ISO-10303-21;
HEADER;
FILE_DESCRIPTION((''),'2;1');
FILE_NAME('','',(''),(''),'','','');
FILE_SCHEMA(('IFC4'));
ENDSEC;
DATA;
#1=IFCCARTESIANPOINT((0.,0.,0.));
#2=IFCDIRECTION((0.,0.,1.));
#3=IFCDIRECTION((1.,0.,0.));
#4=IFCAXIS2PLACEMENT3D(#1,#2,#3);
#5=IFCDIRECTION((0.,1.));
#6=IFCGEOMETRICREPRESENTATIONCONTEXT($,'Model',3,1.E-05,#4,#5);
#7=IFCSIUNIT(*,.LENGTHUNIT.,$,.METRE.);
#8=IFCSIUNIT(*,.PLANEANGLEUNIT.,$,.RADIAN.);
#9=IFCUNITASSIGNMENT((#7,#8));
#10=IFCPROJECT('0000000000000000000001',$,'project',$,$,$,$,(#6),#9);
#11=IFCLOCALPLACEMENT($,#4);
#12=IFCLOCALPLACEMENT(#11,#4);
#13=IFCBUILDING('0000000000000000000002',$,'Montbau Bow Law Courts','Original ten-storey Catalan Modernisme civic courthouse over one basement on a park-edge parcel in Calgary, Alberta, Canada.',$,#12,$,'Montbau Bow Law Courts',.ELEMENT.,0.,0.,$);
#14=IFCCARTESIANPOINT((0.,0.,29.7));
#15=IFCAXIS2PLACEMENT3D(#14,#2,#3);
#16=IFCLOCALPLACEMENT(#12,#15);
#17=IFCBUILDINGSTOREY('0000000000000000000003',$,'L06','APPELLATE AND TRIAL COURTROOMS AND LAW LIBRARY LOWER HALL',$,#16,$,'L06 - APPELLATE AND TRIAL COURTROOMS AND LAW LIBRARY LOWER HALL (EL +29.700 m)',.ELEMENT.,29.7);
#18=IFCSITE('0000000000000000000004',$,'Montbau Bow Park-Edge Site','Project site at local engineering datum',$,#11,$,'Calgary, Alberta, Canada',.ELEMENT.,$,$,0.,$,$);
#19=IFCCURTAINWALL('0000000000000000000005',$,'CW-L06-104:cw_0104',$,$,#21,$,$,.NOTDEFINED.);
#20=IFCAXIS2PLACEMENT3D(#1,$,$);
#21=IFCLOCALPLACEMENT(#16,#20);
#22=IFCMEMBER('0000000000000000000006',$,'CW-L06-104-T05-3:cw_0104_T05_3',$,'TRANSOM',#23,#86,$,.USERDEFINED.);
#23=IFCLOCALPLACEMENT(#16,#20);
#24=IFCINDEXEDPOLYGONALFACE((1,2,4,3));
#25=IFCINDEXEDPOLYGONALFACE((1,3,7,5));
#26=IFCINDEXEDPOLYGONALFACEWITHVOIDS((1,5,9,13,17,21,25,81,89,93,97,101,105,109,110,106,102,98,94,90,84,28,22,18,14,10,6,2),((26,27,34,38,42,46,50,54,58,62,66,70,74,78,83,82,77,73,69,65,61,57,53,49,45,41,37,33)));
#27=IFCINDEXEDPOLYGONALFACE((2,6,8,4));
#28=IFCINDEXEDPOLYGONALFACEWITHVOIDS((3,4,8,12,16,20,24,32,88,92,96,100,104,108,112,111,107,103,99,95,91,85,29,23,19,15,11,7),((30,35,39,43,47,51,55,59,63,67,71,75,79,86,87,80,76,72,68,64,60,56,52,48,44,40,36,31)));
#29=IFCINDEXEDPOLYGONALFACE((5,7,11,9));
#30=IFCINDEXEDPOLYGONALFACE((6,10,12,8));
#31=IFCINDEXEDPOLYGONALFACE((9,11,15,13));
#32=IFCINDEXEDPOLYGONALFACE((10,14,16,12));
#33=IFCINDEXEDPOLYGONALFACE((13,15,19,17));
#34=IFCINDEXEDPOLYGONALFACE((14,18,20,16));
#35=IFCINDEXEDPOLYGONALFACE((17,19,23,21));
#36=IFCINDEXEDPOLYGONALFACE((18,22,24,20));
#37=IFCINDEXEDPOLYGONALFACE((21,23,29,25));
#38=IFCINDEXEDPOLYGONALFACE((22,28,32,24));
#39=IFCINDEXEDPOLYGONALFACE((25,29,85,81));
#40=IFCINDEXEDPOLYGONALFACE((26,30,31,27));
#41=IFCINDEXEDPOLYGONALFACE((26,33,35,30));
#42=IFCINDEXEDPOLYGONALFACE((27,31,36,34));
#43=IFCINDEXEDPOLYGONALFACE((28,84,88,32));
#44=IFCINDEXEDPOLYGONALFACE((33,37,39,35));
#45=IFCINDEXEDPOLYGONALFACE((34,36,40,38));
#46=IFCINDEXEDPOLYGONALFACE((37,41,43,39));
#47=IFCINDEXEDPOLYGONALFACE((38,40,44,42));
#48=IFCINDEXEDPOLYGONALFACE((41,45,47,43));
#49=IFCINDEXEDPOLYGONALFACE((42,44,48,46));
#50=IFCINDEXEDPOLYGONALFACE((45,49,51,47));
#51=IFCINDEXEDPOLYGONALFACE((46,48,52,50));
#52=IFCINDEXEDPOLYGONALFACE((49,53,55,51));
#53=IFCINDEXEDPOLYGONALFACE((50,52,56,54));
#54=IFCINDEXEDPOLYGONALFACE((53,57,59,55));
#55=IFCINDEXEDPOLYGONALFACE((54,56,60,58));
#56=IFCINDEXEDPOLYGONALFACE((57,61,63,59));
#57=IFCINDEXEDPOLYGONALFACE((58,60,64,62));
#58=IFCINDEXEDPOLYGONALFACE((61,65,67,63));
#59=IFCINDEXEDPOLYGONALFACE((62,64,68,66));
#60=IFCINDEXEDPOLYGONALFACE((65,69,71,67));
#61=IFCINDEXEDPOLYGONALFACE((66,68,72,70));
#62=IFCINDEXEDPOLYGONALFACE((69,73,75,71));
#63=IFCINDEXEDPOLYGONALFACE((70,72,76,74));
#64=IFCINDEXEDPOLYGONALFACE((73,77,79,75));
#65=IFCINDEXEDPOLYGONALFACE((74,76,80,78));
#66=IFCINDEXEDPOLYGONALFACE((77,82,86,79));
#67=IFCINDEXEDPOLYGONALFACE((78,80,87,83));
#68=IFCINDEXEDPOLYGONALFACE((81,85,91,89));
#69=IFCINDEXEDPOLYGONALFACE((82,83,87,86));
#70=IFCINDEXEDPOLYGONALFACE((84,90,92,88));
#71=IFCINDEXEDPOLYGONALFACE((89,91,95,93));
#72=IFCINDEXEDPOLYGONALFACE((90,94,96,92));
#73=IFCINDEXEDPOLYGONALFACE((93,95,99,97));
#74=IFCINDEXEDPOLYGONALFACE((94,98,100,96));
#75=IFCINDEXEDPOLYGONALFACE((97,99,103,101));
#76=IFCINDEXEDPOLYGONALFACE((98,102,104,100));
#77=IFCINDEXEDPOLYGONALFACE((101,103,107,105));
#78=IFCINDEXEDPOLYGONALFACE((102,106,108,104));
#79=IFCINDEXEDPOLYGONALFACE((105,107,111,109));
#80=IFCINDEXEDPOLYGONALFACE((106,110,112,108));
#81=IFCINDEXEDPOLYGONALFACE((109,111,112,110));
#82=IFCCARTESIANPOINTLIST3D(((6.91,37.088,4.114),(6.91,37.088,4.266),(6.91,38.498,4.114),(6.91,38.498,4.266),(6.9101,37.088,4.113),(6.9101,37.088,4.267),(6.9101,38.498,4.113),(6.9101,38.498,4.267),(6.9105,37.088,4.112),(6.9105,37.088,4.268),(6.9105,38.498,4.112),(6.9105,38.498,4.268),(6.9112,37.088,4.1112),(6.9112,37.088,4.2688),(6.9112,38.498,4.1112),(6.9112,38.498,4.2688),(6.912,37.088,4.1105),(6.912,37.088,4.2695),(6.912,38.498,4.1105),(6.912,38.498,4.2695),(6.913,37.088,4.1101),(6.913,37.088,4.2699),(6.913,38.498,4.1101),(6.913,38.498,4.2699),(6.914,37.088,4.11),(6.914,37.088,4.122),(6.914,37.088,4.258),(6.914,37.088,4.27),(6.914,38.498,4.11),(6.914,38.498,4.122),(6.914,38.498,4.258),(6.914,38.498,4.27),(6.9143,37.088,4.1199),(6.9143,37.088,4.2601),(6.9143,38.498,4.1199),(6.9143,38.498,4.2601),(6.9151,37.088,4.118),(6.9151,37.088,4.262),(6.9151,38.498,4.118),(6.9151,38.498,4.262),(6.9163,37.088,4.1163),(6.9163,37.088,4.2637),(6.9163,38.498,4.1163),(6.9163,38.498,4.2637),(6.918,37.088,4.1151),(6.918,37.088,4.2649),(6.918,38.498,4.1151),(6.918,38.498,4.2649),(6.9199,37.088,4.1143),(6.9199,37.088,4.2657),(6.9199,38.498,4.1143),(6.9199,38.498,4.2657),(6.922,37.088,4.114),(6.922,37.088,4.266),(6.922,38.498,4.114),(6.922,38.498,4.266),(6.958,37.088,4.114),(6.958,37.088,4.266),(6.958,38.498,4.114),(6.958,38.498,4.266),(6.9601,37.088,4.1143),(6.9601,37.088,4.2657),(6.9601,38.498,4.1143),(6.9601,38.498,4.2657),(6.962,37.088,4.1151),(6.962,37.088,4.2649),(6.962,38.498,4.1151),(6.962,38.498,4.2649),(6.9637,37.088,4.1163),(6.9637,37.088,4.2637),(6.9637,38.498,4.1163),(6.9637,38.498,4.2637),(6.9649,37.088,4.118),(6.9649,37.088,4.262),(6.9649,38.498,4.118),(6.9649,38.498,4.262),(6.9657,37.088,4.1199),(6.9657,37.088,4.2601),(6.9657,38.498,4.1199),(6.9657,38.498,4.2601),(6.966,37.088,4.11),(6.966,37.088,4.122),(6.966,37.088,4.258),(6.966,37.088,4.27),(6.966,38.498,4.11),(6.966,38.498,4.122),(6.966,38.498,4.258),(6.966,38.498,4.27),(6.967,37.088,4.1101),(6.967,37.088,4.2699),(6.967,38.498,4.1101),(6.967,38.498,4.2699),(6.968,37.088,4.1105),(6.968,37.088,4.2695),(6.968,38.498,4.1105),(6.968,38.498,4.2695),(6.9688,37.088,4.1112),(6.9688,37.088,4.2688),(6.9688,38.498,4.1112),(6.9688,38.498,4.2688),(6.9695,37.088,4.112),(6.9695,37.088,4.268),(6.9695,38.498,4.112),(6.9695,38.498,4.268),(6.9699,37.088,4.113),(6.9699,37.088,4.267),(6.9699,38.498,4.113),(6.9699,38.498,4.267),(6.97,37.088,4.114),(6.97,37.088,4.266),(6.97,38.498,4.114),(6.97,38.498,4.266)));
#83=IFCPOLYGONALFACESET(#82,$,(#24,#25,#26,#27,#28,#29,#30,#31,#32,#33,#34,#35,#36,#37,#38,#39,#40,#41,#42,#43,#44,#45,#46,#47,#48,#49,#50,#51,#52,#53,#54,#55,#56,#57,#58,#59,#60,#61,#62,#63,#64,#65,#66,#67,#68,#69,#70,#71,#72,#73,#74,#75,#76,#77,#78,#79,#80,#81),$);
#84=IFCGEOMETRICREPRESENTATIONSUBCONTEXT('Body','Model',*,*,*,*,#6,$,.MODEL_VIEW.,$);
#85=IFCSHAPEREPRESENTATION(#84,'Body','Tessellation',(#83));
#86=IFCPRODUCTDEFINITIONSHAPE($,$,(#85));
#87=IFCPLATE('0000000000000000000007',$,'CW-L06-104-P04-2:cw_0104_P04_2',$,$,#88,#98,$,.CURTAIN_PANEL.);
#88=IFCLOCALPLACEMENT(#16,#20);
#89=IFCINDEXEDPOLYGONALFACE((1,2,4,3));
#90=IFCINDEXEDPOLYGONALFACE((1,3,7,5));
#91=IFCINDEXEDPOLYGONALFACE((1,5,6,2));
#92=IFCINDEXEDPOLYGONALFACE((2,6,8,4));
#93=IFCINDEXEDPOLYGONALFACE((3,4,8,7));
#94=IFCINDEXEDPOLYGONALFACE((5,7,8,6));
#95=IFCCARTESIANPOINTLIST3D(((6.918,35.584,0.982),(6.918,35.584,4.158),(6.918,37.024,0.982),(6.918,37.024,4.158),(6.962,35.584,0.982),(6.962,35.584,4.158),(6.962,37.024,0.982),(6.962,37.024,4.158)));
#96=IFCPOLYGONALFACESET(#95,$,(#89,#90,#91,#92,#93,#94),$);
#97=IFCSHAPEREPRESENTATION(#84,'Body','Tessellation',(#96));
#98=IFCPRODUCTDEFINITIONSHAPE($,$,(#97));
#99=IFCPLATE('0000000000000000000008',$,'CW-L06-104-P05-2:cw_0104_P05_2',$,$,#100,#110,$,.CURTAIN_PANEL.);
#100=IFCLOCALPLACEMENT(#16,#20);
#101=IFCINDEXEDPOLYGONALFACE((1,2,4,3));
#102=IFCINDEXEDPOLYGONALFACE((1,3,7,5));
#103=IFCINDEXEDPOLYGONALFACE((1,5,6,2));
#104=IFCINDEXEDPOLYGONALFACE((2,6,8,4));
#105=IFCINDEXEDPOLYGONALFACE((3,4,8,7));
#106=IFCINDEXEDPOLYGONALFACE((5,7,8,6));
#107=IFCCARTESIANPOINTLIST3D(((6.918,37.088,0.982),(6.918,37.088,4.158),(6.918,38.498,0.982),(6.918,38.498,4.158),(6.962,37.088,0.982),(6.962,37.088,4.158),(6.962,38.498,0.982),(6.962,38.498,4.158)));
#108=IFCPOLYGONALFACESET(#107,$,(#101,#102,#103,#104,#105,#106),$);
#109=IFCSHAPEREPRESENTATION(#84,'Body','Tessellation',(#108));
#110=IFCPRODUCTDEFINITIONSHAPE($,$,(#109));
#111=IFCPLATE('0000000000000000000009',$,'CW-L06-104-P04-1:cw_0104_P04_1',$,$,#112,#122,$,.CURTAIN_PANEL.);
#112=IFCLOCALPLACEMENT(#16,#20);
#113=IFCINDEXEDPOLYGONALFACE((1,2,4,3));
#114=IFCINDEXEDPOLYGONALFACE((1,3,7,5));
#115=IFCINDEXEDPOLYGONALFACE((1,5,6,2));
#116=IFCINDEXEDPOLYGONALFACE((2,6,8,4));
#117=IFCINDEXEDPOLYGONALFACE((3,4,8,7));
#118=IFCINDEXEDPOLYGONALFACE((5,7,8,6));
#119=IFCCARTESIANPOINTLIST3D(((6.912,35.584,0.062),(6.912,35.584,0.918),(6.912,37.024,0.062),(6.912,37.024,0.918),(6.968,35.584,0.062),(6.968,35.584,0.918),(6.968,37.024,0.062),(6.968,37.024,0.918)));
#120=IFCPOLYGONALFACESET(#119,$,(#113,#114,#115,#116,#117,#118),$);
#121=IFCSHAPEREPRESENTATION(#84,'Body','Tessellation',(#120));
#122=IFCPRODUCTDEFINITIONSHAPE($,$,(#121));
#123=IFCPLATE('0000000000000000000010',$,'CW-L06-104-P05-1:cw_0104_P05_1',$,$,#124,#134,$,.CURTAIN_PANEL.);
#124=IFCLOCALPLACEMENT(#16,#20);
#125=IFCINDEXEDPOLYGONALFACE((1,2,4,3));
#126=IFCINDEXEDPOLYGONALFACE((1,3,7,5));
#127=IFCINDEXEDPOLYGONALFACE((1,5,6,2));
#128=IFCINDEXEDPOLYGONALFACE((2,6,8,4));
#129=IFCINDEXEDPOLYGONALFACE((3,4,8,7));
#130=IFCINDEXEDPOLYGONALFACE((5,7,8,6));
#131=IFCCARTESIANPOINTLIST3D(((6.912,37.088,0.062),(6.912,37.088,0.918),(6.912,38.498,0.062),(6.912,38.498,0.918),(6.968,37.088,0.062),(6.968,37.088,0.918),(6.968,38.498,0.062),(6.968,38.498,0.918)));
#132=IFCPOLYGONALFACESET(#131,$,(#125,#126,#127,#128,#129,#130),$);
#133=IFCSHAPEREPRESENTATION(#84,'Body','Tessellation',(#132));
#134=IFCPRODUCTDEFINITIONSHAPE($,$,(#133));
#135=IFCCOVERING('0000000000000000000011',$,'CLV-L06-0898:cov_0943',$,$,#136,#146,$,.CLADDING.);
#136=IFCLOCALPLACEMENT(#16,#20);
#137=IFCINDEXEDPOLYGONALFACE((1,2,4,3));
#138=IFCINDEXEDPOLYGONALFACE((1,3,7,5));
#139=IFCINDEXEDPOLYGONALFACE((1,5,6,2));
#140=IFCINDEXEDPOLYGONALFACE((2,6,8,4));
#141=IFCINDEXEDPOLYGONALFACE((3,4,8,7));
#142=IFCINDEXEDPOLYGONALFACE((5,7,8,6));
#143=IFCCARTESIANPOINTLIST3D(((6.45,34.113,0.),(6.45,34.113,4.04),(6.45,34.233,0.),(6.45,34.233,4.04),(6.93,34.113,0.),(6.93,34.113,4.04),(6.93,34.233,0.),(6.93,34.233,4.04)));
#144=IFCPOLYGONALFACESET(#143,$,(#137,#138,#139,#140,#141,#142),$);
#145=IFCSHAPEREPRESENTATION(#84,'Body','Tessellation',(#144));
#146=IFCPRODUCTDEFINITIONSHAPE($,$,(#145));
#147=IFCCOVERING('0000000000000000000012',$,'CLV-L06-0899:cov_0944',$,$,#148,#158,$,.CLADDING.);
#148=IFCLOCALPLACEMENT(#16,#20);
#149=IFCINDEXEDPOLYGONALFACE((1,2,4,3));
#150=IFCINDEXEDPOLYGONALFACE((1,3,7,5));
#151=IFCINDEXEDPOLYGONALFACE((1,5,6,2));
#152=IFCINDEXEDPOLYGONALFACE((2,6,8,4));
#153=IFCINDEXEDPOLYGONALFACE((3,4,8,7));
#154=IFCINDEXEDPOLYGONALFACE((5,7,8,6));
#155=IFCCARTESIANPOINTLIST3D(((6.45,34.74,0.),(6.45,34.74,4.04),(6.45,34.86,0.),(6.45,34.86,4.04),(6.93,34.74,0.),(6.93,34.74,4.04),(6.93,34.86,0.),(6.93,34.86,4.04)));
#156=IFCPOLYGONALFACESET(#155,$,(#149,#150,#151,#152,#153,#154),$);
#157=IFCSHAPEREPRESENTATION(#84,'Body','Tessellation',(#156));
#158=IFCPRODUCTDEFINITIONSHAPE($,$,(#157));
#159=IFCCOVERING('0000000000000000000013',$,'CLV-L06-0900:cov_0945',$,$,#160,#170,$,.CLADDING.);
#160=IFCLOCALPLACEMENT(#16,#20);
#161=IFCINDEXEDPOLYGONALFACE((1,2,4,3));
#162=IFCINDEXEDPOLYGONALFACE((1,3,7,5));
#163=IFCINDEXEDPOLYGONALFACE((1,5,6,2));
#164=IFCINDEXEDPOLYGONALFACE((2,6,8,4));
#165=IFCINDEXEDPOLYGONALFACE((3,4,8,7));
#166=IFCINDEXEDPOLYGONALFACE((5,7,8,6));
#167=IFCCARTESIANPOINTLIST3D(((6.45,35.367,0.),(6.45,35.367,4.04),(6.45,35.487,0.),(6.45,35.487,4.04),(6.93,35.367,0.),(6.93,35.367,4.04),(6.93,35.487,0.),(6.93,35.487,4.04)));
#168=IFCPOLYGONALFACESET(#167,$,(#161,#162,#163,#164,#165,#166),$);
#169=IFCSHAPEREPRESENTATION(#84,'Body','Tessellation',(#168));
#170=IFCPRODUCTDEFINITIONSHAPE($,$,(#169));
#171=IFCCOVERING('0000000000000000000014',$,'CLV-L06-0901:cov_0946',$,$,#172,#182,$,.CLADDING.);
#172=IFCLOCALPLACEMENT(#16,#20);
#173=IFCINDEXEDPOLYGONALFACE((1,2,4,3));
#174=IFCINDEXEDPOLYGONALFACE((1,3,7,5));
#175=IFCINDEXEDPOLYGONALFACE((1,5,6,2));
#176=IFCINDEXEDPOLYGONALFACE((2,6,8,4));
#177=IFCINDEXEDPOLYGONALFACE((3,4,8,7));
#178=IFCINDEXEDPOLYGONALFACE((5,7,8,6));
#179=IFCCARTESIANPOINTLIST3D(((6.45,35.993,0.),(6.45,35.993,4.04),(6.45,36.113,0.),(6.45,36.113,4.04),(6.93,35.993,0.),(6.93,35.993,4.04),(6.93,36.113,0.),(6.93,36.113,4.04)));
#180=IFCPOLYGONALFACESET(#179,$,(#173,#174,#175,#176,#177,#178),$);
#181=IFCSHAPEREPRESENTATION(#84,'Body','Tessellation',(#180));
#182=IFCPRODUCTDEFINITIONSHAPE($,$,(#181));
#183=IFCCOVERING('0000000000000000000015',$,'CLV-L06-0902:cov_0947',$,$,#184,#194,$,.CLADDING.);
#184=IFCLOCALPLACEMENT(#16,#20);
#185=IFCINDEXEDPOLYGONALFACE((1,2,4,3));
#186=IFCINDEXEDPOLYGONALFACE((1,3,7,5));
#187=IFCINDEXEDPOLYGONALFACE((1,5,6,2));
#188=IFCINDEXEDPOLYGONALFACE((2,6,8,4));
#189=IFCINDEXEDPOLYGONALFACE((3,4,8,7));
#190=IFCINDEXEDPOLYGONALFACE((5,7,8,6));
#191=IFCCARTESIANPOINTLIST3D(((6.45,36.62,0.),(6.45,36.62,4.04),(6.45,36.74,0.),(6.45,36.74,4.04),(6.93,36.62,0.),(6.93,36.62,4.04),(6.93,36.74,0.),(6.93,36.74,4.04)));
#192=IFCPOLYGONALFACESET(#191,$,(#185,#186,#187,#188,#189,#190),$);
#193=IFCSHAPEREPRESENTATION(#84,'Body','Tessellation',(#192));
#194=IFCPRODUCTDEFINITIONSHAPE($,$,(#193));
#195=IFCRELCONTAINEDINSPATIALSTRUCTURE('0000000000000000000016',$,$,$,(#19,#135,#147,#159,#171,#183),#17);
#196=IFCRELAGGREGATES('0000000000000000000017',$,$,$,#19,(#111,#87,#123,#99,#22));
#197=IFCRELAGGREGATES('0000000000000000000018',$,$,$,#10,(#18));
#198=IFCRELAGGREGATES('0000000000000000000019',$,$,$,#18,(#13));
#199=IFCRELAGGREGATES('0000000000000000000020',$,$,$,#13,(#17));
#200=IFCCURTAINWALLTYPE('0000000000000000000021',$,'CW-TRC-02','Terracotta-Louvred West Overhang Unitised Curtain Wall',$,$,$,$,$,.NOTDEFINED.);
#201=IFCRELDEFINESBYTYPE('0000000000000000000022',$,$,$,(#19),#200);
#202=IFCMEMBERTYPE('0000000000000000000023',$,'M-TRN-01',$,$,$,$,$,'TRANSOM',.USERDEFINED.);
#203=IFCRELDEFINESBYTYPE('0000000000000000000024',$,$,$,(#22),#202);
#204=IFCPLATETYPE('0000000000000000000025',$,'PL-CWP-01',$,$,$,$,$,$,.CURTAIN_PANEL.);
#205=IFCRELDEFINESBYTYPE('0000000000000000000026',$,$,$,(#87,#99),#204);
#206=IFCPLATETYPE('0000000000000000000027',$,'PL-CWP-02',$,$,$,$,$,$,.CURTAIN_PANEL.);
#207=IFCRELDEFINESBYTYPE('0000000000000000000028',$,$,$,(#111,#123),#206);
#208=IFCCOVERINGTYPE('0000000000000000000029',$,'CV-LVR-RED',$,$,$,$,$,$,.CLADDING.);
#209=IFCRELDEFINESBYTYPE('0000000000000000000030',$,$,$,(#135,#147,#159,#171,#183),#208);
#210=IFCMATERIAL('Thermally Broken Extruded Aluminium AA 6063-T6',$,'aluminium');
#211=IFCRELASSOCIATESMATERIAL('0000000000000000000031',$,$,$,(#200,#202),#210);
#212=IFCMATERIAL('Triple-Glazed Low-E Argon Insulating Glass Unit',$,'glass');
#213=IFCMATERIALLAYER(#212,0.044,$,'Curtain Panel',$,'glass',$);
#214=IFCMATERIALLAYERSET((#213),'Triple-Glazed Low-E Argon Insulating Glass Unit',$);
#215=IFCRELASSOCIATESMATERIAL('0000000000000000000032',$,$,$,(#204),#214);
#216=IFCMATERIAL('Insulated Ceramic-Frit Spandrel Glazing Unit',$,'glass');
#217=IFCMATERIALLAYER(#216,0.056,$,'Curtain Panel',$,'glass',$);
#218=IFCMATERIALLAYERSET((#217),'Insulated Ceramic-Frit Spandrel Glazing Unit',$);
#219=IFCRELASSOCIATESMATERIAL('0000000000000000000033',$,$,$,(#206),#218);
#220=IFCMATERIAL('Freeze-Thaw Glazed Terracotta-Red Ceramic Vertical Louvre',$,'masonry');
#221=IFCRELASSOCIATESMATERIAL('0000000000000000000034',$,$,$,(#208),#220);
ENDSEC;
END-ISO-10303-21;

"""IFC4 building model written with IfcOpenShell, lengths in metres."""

from ifc_helpers import new_model, si_unit, direction, frame, frame_2d, origin_with_axes, origin_2d_with_axis, place, context, subcontext, project, spatial, rectangle, hollow_rectangle, extrude, material, layer, layer_set, material_profile, profile_set, type_object, element, aggregate, save


model = new_model("IFC4")

# Units and contexts
model_context = context("Model", 3, precision=1e-05, world=origin_with_axes(), true_north=direction((0.0, 1.0)))
body_context = subcontext(model_context, "Body", "Model", "MODEL_VIEW")
ifc_project = project(units=[si_unit("LENGTHUNIT", "METRE"), si_unit("PLANEANGLEUNIT", "RADIAN")], contexts=[model_context])

# Site, building, storey
site_placement = place(None, origin_with_axes())
site = spatial("IfcSite", under=ifc_project, at=site_placement, Name="Montbau Bow Park-Edge Site", Description="Project site at local engineering datum", LongName="Calgary, Alberta, Canada", CompositionType="ELEMENT", RefElevation=0.0)
building_placement = place(site_placement, origin_with_axes())
building = spatial("IfcBuilding", under=site, at=building_placement, Name="Montbau Bow Law Courts", Description="Original ten-storey Catalan Modernisme civic courthouse over one basement on a park-edge parcel in Calgary, Alberta, Canada.", LongName="Montbau Bow Law Courts", CompositionType="ELEMENT", ElevationOfRefHeight=0.0, ElevationOfTerrain=0.0)
storey_placement = place(building_placement, frame((0.0, 0.0, 29.7), z_axis=(0.0, 0.0, 1.0), x_axis=(1.0, 0.0, 0.0)))
storey = spatial("IfcBuildingStorey", under=building, at=storey_placement, Name="L06", Description="APPELLATE AND TRIAL COURTROOMS AND LAW LIBRARY LOWER HALL", LongName="L06 - APPELLATE AND TRIAL COURTROOMS AND LAW LIBRARY LOWER HALL (EL +29.700 m)", CompositionType="ELEMENT", Elevation=29.7)

# Curtain wall, member, plates
ifc_material_1 = material(Name="Thermally Broken Extruded Aluminium AA 6063-T6", Category="aluminium")
curtain_wall_type = type_object("IfcCurtainWallType", Name="CW-TRC-02", Description="Terracotta-Louvred West Overhang Unitised Curtain Wall", PredefinedType="NOTDEFINED", material=ifc_material_1)
curtain_wall_placement = place(None, frame((6.94, 31.04, 29.7), z_axis=(0.0, 0.0, 1.0), x_axis=(1.0, 0.0, 0.0)))
curtain_wall = element("IfcCurtainWall", 1, at=curtain_wall_placement, inside=storey, type_object=curtain_wall_type, Name="CW-L06-104:cw_0104", PredefinedType="NOTDEFINED")
ifc_material_profile_1 = material_profile(ifc_material_1, hollow_rectangle(XDim=0.06, YDim=0.16, WallThickness=0.004, InnerFilletRadius=0.008, OuterFilletRadius=0.004, at=origin_2d_with_axis()), Name="CWT-160X60", Category="Main", Priority=0)
ifc_profile_set_1 = profile_set([ifc_material_profile_1], Name="Thermally Broken Extruded Aluminium AA 6063-T6")
member_type_1 = type_object("IfcMemberType", Name="M-TRN-01", ElementType="TRANSOM", PredefinedType="USERDEFINED", material=ifc_profile_set_1)
member_1_placement = place(None, frame((6.94, 37.088, 33.89), z_axis=(0.0, 1.0, 0.0), x_axis=(-1.0, 0.0, 0.0)))
member_1 = element("IfcMember", 2, at=member_1_placement, type_object=member_type_1, Name="CW-L06-104-T05-3:cw_0104_T05_3", ObjectType="TRANSOM", PredefinedType="USERDEFINED", context=body_context, shape_type="SweptSolid", body=[
    extrude(hollow_rectangle(XDim=0.06, YDim=0.16, WallThickness=0.004, InnerFilletRadius=0.008, OuterFilletRadius=0.004, at=origin_2d_with_axis()), origin_with_axes(), (0.0, 0.0, 1.0), 1.41),
])
ifc_material_2 = material(Name="Triple-Glazed Low-E Argon Insulating Glass Unit", Category="glass")
ifc_layer_1 = layer(ifc_material_2, 0.044, Name="Curtain Panel", Category="glass")
ifc_layer_set_1 = layer_set([ifc_layer_1], Name="Triple-Glazed Low-E Argon Insulating Glass Unit")
plate_type_1 = type_object("IfcPlateType", Name="PL-CWP-01", PredefinedType="CURTAIN_PANEL", material=ifc_layer_set_1)
plate_1_placement = place(None, frame((6.94, 35.584, 30.682), z_axis=(1.0, 0.0, 0.0), x_axis=(0.0, 1.0, 0.0)))
plate_1 = element("IfcPlate", 3, at=plate_1_placement, type_object=plate_type_1, Name="CW-L06-104-P04-2:cw_0104_P04_2", PredefinedType="CURTAIN_PANEL", context=body_context, shape_type="SweptSolid", body=[
    extrude(rectangle(XDim=1.44, YDim=3.176, at=frame_2d((0.72, 1.588), x_axis=(1.0, 0.0))), frame((0.0, 0.0, -0.022), z_axis=(0.0, 0.0, 1.0), x_axis=(1.0, 0.0, 0.0)), (0.0, 0.0, 1.0), 0.044),
])
plate_2_placement = place(None, frame((6.94, 37.088, 30.682), z_axis=(1.0, 0.0, 0.0), x_axis=(0.0, 1.0, 0.0)))
plate_2 = element("IfcPlate", 4, at=plate_2_placement, type_object=plate_type_1, Name="CW-L06-104-P05-2:cw_0104_P05_2", PredefinedType="CURTAIN_PANEL", context=body_context, shape_type="SweptSolid", body=[
    extrude(rectangle(XDim=1.41, YDim=3.176, at=frame_2d((0.705, 1.588), x_axis=(1.0, 0.0))), frame((0.0, 0.0, -0.022), z_axis=(0.0, 0.0, 1.0), x_axis=(1.0, 0.0, 0.0)), (0.0, 0.0, 1.0), 0.044),
])
ifc_material_3 = material(Name="Insulated Ceramic-Frit Spandrel Glazing Unit", Category="glass")
ifc_layer_2 = layer(ifc_material_3, 0.056, Name="Curtain Panel", Category="glass")
ifc_layer_set_2 = layer_set([ifc_layer_2], Name="Insulated Ceramic-Frit Spandrel Glazing Unit")
plate_type_2 = type_object("IfcPlateType", Name="PL-CWP-02", PredefinedType="CURTAIN_PANEL", material=ifc_layer_set_2)
plate_3_placement = place(None, frame((6.94, 35.584, 29.762), z_axis=(1.0, 0.0, 0.0), x_axis=(0.0, 1.0, 0.0)))
plate_3 = element("IfcPlate", 5, at=plate_3_placement, type_object=plate_type_2, Name="CW-L06-104-P04-1:cw_0104_P04_1", PredefinedType="CURTAIN_PANEL", context=body_context, shape_type="SweptSolid", body=[
    extrude(rectangle(XDim=1.44, YDim=0.856, at=frame_2d((0.72, 0.428), x_axis=(1.0, 0.0))), frame((0.0, 0.0, -0.028), z_axis=(0.0, 0.0, 1.0), x_axis=(1.0, 0.0, 0.0)), (0.0, 0.0, 1.0), 0.056),
])
plate_4_placement = place(None, frame((6.94, 37.088, 29.762), z_axis=(1.0, 0.0, 0.0), x_axis=(0.0, 1.0, 0.0)))
plate_4 = element("IfcPlate", 6, at=plate_4_placement, type_object=plate_type_2, Name="CW-L06-104-P05-1:cw_0104_P05_1", PredefinedType="CURTAIN_PANEL", context=body_context, shape_type="SweptSolid", body=[
    extrude(rectangle(XDim=1.41, YDim=0.856, at=frame_2d((0.705, 0.428), x_axis=(1.0, 0.0))), frame((0.0, 0.0, -0.028), z_axis=(0.0, 0.0, 1.0), x_axis=(1.0, 0.0, 0.0)), (0.0, 0.0, 1.0), 0.056),
])
aggregate(curtain_wall, [plate_3, plate_1, plate_4, plate_2, member_1])

# Coverings
ifc_material_4 = material(Name="Freeze-Thaw Glazed Terracotta-Red Ceramic Vertical Louvre", Category="masonry")
covering_type = type_object("IfcCoveringType", Name="CV-LVR-RED", PredefinedType="CLADDING", material=ifc_material_4)
for number, where, z_axis, x_axis, name in (
    (7, (6.93, 34.173, 29.7), (0.0, 1.0, 0.0), (-1.0, 0.0, 0.0), "CLV-L06-0898:cov_0943"),
    (8, (6.93, 34.8, 29.7), (0.0, 1.0, 0.0), (-1.0, 0.0, 0.0), "CLV-L06-0899:cov_0944"),
    (9, (6.93, 35.427, 29.7), (0.0, 1.0, 0.0), (-1.0, 0.0, 0.0), "CLV-L06-0900:cov_0945"),
    (10, (6.93, 36.053, 29.7), (0.0, 1.0, 0.0), (-1.0, 0.0, 0.0), "CLV-L06-0901:cov_0946"),
    (11, (6.93, 36.68, 29.7), (0.0, 1.0, 0.0), (-1.0, 0.0, 0.0), "CLV-L06-0902:cov_0947"),
):
    element("IfcCovering", number, at=place(None, frame(where, z_axis=z_axis, x_axis=x_axis)), inside=storey, type_object=covering_type, Name=name, PredefinedType="CLADDING", context=body_context, shape_type="SweptSolid", body=[
        extrude(rectangle(XDim=0.48, YDim=4.04, at=frame_2d((0.24, 2.02), x_axis=(1.0, 0.0))), frame((0.0, 0.0, -0.06), z_axis=(0.0, 0.0, 1.0), x_axis=(1.0, 0.0, 0.0)), (0.0, 0.0, 1.0), 0.12),
    ])

save(model, "model.ifc")
